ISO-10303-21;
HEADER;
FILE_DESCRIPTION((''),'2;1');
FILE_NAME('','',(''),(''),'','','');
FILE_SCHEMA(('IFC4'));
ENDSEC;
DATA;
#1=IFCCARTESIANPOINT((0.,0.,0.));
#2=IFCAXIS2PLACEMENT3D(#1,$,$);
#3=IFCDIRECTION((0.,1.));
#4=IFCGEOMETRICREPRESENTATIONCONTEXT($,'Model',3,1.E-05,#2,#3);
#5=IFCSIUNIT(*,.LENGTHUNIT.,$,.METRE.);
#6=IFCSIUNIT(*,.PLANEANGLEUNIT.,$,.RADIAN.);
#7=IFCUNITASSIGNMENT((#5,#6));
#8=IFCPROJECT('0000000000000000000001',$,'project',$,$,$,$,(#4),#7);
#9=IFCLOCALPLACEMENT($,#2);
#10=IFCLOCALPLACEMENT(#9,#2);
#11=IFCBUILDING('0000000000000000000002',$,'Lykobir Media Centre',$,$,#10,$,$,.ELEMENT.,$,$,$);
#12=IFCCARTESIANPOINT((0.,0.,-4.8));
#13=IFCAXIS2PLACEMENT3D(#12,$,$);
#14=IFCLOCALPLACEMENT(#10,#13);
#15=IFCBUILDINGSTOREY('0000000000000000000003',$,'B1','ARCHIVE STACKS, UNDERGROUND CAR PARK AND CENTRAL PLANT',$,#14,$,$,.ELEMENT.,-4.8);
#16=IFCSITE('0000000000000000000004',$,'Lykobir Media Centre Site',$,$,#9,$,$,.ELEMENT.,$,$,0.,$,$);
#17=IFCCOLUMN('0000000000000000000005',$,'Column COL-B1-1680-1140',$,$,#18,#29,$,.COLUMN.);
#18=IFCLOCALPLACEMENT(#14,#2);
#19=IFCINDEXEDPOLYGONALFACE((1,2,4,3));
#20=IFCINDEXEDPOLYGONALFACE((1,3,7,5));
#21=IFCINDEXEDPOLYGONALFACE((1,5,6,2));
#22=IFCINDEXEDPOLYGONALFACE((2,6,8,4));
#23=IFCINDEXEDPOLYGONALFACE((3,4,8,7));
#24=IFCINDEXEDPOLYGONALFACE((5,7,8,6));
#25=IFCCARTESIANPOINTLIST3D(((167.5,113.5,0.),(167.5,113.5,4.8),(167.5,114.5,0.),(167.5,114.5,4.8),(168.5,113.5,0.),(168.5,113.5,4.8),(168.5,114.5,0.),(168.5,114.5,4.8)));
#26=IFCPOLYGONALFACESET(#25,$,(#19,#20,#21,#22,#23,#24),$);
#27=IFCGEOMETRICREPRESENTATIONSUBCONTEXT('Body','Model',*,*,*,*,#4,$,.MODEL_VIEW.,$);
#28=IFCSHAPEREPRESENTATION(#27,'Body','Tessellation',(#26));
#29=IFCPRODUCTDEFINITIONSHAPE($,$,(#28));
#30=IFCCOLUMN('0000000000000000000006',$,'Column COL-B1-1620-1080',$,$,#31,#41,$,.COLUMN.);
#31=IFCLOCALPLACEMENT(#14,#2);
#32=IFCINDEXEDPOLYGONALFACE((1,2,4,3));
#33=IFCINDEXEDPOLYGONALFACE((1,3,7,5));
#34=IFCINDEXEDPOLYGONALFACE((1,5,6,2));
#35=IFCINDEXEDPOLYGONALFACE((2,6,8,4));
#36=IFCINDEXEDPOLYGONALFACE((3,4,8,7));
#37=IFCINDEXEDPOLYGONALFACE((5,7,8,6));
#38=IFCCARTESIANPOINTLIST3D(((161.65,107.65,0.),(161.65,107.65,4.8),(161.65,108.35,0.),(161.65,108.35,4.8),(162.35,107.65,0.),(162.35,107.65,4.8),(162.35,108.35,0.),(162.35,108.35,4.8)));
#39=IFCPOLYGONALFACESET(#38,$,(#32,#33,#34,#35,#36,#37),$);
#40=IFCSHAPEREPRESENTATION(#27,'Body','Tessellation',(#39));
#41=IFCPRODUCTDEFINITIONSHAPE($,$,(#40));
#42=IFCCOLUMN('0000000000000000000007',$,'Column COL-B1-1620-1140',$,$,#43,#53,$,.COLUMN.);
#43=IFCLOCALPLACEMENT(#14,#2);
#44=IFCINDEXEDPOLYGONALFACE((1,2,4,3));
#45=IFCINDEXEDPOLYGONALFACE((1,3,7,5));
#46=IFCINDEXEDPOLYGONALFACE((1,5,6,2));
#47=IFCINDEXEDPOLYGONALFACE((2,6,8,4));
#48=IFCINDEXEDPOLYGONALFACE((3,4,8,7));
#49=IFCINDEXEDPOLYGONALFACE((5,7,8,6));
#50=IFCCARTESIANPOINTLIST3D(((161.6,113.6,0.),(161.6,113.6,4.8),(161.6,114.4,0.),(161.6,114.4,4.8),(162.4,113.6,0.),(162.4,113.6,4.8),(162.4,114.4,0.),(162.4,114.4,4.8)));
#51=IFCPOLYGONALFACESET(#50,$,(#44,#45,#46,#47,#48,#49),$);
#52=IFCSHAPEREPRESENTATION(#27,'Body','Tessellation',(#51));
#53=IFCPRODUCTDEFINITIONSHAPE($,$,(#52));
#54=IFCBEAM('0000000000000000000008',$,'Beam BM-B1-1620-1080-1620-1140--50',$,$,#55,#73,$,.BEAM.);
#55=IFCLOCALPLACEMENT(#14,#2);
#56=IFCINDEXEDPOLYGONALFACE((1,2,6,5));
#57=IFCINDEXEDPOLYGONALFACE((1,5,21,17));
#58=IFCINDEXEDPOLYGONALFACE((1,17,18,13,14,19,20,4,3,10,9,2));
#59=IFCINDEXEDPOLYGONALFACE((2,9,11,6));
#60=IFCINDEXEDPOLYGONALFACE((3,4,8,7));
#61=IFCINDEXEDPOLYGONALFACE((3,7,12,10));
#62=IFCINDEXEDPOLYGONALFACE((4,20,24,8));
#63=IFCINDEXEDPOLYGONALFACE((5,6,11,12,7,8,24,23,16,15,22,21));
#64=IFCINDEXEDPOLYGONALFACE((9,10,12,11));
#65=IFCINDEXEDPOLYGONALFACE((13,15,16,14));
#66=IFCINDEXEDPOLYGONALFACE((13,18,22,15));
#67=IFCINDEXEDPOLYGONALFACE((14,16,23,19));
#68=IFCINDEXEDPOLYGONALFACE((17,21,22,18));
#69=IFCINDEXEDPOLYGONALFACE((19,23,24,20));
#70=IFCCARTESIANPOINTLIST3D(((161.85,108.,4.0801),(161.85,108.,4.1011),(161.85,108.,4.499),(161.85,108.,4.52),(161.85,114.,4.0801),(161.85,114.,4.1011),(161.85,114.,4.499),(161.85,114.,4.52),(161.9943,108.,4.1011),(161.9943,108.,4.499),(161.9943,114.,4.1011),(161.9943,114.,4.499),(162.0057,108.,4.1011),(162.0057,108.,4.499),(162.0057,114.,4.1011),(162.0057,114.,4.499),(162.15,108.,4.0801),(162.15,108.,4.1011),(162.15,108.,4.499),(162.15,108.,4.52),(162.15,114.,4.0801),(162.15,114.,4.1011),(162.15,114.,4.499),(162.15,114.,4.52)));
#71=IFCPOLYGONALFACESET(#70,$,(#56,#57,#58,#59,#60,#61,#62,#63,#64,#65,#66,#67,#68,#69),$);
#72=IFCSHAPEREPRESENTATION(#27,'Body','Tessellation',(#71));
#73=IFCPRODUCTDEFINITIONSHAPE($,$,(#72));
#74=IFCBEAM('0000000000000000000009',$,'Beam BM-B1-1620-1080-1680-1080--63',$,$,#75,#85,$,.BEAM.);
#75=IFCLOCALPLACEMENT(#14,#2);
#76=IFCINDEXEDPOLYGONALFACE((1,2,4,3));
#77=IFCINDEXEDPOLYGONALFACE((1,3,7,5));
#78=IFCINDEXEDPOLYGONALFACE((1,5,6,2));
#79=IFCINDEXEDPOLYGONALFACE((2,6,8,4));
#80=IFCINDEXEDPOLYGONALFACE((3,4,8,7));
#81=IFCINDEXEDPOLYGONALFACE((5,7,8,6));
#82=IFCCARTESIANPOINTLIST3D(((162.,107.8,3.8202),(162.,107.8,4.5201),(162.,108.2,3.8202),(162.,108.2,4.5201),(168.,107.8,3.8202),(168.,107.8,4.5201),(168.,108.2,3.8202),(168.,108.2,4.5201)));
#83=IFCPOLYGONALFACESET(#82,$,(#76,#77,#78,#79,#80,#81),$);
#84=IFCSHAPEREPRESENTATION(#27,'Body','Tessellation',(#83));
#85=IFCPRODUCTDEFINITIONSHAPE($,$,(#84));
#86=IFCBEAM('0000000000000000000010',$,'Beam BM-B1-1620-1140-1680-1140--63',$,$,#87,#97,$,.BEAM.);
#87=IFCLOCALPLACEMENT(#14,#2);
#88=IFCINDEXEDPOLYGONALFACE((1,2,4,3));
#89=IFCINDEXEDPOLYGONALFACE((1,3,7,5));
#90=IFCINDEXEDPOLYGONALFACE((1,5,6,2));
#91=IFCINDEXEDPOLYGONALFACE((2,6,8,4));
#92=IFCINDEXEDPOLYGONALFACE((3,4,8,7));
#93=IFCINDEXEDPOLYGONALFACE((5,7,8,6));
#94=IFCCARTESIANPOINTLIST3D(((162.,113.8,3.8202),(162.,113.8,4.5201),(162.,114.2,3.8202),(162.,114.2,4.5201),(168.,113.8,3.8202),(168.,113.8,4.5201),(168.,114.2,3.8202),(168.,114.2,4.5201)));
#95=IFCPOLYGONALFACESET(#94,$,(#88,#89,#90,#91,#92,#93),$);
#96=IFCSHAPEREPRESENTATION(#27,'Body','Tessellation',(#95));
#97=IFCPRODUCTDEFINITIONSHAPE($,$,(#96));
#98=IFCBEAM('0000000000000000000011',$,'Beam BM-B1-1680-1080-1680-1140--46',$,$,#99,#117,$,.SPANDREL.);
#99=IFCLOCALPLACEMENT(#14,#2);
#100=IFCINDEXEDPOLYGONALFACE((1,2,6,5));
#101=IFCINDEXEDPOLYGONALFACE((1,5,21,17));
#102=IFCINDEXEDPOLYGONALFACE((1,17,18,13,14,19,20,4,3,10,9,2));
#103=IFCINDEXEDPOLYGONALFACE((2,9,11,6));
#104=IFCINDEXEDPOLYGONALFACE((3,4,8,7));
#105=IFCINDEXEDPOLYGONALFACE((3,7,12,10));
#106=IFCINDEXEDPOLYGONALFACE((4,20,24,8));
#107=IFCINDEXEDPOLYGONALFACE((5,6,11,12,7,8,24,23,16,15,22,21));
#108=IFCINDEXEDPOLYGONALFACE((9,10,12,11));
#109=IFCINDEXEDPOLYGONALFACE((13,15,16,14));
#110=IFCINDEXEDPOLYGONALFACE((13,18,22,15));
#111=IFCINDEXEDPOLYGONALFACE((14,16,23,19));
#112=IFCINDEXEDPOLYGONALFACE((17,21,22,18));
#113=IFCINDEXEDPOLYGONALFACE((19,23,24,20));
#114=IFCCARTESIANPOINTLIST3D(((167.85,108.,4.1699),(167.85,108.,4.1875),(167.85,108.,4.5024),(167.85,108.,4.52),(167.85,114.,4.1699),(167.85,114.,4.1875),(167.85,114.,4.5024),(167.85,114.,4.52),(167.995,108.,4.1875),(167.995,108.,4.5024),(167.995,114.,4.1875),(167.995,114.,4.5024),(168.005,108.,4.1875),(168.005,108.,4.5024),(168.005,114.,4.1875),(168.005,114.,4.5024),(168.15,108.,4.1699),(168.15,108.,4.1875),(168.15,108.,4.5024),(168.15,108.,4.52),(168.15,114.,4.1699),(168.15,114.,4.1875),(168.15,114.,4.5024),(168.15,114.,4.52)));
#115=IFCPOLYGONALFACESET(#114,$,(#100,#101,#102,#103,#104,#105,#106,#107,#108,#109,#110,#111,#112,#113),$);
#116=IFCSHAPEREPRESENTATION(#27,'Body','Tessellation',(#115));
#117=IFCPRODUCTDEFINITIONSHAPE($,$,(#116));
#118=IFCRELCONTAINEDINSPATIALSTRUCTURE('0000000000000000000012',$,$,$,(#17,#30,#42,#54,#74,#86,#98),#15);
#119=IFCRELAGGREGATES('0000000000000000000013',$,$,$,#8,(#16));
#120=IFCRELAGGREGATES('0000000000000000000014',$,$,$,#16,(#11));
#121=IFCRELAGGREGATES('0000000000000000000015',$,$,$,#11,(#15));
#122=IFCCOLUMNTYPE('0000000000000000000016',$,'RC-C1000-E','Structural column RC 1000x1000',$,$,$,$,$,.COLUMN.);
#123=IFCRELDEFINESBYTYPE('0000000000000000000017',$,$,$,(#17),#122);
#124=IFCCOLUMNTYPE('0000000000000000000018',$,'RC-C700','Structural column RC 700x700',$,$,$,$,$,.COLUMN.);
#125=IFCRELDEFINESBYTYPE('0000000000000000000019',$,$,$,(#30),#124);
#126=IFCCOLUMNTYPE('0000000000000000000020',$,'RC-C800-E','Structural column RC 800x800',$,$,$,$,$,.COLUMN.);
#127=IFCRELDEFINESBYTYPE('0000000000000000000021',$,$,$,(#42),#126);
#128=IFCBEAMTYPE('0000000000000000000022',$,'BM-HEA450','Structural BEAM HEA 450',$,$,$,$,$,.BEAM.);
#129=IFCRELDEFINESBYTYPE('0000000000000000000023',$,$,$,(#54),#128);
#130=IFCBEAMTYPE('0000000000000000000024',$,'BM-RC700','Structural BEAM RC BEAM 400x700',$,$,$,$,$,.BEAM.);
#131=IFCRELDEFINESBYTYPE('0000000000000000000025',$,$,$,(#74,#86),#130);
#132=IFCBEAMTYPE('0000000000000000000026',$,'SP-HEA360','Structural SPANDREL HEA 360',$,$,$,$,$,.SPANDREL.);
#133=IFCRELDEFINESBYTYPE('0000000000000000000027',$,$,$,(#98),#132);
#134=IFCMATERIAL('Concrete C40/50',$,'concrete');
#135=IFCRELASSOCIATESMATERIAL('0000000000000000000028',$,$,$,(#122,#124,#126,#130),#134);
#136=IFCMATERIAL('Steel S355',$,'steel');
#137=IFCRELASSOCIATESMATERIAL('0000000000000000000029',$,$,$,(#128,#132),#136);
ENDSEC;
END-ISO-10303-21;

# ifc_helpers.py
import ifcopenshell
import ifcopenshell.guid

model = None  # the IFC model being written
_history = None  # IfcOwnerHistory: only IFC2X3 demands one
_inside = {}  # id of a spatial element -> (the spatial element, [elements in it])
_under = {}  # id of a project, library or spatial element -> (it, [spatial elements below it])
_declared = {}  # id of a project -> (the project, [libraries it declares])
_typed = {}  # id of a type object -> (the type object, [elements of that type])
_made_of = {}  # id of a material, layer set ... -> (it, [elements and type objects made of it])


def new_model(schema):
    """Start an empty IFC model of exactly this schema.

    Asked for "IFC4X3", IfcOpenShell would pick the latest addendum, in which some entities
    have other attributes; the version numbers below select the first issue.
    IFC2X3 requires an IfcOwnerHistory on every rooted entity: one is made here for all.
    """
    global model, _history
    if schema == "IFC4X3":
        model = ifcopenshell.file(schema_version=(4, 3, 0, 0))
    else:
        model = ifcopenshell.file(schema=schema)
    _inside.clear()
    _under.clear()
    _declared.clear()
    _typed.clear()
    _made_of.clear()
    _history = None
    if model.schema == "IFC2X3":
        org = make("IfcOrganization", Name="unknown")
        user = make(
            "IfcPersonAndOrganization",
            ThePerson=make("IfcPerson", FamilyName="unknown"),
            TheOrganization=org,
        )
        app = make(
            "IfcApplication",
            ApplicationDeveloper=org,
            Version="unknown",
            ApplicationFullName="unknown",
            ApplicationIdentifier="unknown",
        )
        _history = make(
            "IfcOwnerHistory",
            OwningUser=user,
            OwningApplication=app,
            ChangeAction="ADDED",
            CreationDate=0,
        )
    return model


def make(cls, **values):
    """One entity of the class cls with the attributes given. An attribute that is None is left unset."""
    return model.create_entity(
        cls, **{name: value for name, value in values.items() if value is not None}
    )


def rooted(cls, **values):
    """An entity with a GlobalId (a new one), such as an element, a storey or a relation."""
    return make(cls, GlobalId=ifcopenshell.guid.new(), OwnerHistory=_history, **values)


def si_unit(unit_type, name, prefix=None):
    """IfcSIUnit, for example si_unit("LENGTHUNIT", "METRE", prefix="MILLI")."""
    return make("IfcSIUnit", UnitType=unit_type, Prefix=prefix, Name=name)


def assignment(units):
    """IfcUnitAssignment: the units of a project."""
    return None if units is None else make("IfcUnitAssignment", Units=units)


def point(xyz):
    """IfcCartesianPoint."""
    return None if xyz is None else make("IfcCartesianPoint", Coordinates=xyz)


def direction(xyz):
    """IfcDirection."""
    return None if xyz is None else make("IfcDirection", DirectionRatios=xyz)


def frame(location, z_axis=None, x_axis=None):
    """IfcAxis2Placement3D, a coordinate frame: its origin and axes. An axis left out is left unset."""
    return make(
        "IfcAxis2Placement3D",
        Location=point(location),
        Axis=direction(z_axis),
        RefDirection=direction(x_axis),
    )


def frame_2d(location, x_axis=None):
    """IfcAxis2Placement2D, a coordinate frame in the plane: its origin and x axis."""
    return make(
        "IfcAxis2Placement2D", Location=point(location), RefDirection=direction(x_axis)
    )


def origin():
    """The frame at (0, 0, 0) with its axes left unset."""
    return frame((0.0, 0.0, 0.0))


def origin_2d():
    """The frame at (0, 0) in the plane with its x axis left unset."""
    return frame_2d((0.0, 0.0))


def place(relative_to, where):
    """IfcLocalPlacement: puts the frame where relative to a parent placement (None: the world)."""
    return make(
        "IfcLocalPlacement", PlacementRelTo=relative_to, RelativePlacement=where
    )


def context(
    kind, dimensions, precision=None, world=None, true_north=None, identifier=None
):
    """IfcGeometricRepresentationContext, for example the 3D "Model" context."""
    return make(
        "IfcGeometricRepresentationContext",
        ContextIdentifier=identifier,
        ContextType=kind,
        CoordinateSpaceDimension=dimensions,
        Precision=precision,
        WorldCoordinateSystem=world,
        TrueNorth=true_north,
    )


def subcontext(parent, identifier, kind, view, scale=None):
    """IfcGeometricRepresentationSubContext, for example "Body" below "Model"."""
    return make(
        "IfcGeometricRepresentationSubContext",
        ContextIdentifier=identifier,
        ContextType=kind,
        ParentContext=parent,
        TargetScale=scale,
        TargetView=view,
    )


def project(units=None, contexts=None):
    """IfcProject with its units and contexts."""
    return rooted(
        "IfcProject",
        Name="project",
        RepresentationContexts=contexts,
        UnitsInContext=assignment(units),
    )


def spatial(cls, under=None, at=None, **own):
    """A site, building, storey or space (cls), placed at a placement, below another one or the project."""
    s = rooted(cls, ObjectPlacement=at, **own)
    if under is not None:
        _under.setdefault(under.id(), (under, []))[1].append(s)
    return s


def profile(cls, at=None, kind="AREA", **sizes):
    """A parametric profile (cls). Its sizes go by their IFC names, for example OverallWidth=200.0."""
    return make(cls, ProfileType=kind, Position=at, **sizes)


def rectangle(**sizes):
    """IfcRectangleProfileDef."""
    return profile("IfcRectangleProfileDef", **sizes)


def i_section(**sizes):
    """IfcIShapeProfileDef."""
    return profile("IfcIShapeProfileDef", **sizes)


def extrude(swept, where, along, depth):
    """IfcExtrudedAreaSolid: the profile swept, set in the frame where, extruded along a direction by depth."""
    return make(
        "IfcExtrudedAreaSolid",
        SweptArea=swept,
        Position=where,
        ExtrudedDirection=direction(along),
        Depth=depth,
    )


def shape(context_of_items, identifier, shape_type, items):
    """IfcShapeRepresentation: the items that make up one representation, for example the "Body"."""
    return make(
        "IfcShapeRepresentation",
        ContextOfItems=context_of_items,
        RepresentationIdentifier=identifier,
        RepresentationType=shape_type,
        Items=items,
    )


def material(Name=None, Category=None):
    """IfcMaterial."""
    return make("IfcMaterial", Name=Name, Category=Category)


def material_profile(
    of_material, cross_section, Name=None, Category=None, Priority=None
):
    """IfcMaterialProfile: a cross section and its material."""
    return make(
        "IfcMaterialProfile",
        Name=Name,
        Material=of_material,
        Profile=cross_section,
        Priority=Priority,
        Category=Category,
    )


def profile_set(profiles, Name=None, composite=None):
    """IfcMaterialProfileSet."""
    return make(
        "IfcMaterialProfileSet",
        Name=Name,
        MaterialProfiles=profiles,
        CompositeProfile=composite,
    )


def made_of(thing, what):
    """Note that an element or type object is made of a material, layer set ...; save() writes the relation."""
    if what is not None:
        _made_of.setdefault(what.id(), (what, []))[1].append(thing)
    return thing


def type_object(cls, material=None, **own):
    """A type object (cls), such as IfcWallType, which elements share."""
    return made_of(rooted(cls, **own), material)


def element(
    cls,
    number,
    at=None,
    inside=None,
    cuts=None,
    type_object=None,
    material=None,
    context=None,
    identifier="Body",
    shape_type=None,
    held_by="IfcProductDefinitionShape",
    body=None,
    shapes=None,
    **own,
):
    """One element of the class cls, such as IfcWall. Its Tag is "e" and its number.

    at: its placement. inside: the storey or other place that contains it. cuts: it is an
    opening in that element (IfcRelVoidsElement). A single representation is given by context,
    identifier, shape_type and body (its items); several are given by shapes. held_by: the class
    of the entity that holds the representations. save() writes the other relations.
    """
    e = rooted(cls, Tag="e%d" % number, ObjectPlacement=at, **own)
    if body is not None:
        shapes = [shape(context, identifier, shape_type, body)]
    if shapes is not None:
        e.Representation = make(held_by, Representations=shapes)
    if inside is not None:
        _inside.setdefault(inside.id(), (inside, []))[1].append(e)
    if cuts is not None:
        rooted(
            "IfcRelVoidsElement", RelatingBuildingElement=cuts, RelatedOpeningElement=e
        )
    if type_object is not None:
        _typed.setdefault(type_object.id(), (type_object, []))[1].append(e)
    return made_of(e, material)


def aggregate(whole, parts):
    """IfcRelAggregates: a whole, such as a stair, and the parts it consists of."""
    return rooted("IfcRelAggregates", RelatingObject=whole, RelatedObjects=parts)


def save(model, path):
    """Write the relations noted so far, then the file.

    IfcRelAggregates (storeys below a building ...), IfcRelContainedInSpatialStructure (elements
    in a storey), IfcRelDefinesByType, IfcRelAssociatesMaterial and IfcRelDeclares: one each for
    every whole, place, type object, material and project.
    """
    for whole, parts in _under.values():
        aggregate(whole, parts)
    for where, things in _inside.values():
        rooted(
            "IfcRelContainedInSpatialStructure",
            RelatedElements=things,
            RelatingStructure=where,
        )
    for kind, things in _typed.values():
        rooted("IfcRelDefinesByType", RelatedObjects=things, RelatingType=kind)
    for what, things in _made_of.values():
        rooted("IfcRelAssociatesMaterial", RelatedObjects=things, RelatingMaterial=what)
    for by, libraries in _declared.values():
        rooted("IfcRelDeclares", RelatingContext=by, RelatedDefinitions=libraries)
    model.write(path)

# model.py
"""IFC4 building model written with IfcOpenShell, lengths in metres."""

from ifc_helpers import new_model, si_unit, direction, frame, origin, origin_2d, place, context, subcontext, project, spatial, rectangle, i_section, extrude, material, material_profile, profile_set, type_object, element, save


model = new_model("IFC4")

# Units and contexts
model_context = context("Model", 3, precision=1e-05, world=origin(), true_north=direction((0.0, 1.0)))
body_context = subcontext(model_context, "Body", "Model", "MODEL_VIEW")
ifc_project = project(units=[si_unit("LENGTHUNIT", "METRE"), si_unit("PLANEANGLEUNIT", "RADIAN")], contexts=[model_context])

# Site, building, storey
site_placement = place(None, origin())
site = spatial("IfcSite", under=ifc_project, at=site_placement, Name="Lykobir Media Centre Site", CompositionType="ELEMENT", RefElevation=0.0)
building_placement = place(site_placement, origin())
building = spatial("IfcBuilding", under=site, at=building_placement, Name="Lykobir Media Centre", CompositionType="ELEMENT")
storey_placement = place(building_placement, frame((0.0, 0.0, -4.8)))
storey = spatial("IfcBuildingStorey", under=building, at=storey_placement, Name="B1", Description="ARCHIVE STACKS, UNDERGROUND CAR PARK AND CENTRAL PLANT", CompositionType="ELEMENT", Elevation=-4.8)

# Columns
ifc_material_1 = material(Name="Concrete C40/50", Category="concrete")
ifc_material_profile_1 = material_profile(ifc_material_1, rectangle(XDim=1.0, YDim=1.0, at=origin_2d()), Name="RC 1000x1000")
ifc_profile_set_1 = profile_set([ifc_material_profile_1], Name="Concrete C40/50")
column_type_1 = type_object("IfcColumnType", Name="RC-C1000-E", Description="Structural column RC 1000x1000", PredefinedType="COLUMN", material=ifc_profile_set_1)
for number, where, z_axis, x_axis, name in (
    (1, (168.0, 114.0, 0.0), (0.0, 0.0, 1.0), (1.0, 0.0, 0.0), "Column COL-B1-1680-1140"),
):
    element("IfcColumn", number, at=place(storey_placement, frame(where, z_axis=z_axis, x_axis=x_axis)), inside=storey, type_object=column_type_1, Name=name, PredefinedType="COLUMN", context=body_context, shape_type="SweptSolid", body=[
        extrude(rectangle(XDim=1.0, YDim=1.0, at=origin_2d()), origin(), (0.0, 0.0, 1.0), 4.8),
    ])
ifc_material_profile_2 = material_profile(ifc_material_1, rectangle(XDim=0.7, YDim=0.7, at=origin_2d()), Name="RC 700x700")
ifc_profile_set_2 = profile_set([ifc_material_profile_2], Name="Concrete C40/50")
column_type_2 = type_object("IfcColumnType", Name="RC-C700", Description="Structural column RC 700x700", PredefinedType="COLUMN", material=ifc_profile_set_2)
column_1_placement = place(storey_placement, frame((162.0, 108.0, 0.0), z_axis=(0.0, 0.0, 1.0), x_axis=(1.0, 0.0, 0.0)))
element("IfcColumn", 2, at=column_1_placement, inside=storey, type_object=column_type_2, Name="Column COL-B1-1620-1080", PredefinedType="COLUMN", context=body_context, shape_type="SweptSolid", body=[
    extrude(rectangle(XDim=0.7, YDim=0.7, at=origin_2d()), origin(), (0.0, 0.0, 1.0), 4.8),
])
ifc_material_profile_3 = material_profile(ifc_material_1, rectangle(XDim=0.8, YDim=0.8, at=origin_2d()), Name="RC 800x800")
ifc_profile_set_3 = profile_set([ifc_material_profile_3], Name="Concrete C40/50")
column_type_3 = type_object("IfcColumnType", Name="RC-C800-E", Description="Structural column RC 800x800", PredefinedType="COLUMN", material=ifc_profile_set_3)
column_2_placement = place(storey_placement, frame((162.0, 114.0, 0.0), z_axis=(0.0, 0.0, 1.0), x_axis=(1.0, 0.0, 0.0)))
element("IfcColumn", 3, at=column_2_placement, inside=storey, type_object=column_type_3, Name="Column COL-B1-1620-1140", PredefinedType="COLUMN", context=body_context, shape_type="SweptSolid", body=[
    extrude(rectangle(XDim=0.8, YDim=0.8, at=origin_2d()), origin(), (0.0, 0.0, 1.0), 4.8),
])

# Beams
ifc_material_2 = material(Name="Steel S355", Category="steel")
ifc_material_profile_4 = material_profile(ifc_material_2, i_section(OverallWidth=0.3, OverallDepth=0.4399, WebThickness=0.0115, FlangeThickness=0.021, at=origin_2d()), Name="HEA 450")
ifc_profile_set_4 = profile_set([ifc_material_profile_4], Name="Steel S355")
beam_type_1 = type_object("IfcBeamType", Name="BM-HEA450", Description="Structural BEAM HEA 450", PredefinedType="BEAM", material=ifc_profile_set_4)
beam_1_placement = place(storey_placement, frame((162.0, 108.0, 4.3), z_axis=(0.0, 1.0, 0.0), x_axis=(-1.0, 0.0, 0.0)))
element("IfcBeam", 4, at=beam_1_placement, inside=storey, type_object=beam_type_1, Name="Beam BM-B1-1620-1080-1620-1140--50", PredefinedType="BEAM", context=body_context, shape_type="SweptSolid", body=[
    extrude(i_section(OverallWidth=0.3, OverallDepth=0.4399, WebThickness=0.0115, FlangeThickness=0.021, at=origin_2d()), origin(), (0.0, 0.0, 1.0), 6.0),
])
ifc_material_profile_5 = material_profile(ifc_material_1, rectangle(XDim=0.3999, YDim=0.7, at=origin_2d()), Name="RC BEAM 400x700")
ifc_profile_set_5 = profile_set([ifc_material_profile_5], Name="Concrete C40/50")
beam_type_2 = type_object("IfcBeamType", Name="BM-RC700", Description="Structural BEAM RC BEAM 400x700", PredefinedType="BEAM", material=ifc_profile_set_5)
for number, where, z_axis, x_axis, name in (
    (5, (162.0, 108.0, 4.1702), (1.0, 0.0, 0.0), (0.0, 1.0, 0.0), "Beam BM-B1-1620-1080-1680-1080--63"),
    (6, (162.0, 114.0, 4.1702), (1.0, 0.0, 0.0), (0.0, 1.0, 0.0), "Beam BM-B1-1620-1140-1680-1140--63"),
):
    element("IfcBeam", number, at=place(storey_placement, frame(where, z_axis=z_axis, x_axis=x_axis)), inside=storey, type_object=beam_type_2, Name=name, PredefinedType="BEAM", context=body_context, shape_type="SweptSolid", body=[
        extrude(rectangle(XDim=0.3999, YDim=0.7, at=origin_2d()), origin(), (0.0, 0.0, 1.0), 6.0),
    ])
ifc_material_profile_6 = material_profile(ifc_material_2, i_section(OverallWidth=0.3, OverallDepth=0.3501, WebThickness=0.01, FlangeThickness=0.0176, at=origin_2d()), Name="HEA 360")
ifc_profile_set_6 = profile_set([ifc_material_profile_6], Name="Steel S355")
beam_type_3 = type_object("IfcBeamType", Name="SP-HEA360", Description="Structural SPANDREL HEA 360", PredefinedType="SPANDREL", material=ifc_profile_set_6)
beam_2_placement = place(storey_placement, frame((168.0, 108.0, 4.345), z_axis=(0.0, 1.0, 0.0), x_axis=(-1.0, 0.0, 0.0)))
element("IfcBeam", 7, at=beam_2_placement, inside=storey, type_object=beam_type_3, Name="Beam BM-B1-1680-1080-1680-1140--46", PredefinedType="SPANDREL", context=body_context, shape_type="SweptSolid", body=[
    extrude(i_section(OverallWidth=0.3, OverallDepth=0.3501, WebThickness=0.01, FlangeThickness=0.0176, at=origin_2d()), origin(), (0.0, 0.0, 1.0), 6.0),
])

save(model, "model.ifc")
